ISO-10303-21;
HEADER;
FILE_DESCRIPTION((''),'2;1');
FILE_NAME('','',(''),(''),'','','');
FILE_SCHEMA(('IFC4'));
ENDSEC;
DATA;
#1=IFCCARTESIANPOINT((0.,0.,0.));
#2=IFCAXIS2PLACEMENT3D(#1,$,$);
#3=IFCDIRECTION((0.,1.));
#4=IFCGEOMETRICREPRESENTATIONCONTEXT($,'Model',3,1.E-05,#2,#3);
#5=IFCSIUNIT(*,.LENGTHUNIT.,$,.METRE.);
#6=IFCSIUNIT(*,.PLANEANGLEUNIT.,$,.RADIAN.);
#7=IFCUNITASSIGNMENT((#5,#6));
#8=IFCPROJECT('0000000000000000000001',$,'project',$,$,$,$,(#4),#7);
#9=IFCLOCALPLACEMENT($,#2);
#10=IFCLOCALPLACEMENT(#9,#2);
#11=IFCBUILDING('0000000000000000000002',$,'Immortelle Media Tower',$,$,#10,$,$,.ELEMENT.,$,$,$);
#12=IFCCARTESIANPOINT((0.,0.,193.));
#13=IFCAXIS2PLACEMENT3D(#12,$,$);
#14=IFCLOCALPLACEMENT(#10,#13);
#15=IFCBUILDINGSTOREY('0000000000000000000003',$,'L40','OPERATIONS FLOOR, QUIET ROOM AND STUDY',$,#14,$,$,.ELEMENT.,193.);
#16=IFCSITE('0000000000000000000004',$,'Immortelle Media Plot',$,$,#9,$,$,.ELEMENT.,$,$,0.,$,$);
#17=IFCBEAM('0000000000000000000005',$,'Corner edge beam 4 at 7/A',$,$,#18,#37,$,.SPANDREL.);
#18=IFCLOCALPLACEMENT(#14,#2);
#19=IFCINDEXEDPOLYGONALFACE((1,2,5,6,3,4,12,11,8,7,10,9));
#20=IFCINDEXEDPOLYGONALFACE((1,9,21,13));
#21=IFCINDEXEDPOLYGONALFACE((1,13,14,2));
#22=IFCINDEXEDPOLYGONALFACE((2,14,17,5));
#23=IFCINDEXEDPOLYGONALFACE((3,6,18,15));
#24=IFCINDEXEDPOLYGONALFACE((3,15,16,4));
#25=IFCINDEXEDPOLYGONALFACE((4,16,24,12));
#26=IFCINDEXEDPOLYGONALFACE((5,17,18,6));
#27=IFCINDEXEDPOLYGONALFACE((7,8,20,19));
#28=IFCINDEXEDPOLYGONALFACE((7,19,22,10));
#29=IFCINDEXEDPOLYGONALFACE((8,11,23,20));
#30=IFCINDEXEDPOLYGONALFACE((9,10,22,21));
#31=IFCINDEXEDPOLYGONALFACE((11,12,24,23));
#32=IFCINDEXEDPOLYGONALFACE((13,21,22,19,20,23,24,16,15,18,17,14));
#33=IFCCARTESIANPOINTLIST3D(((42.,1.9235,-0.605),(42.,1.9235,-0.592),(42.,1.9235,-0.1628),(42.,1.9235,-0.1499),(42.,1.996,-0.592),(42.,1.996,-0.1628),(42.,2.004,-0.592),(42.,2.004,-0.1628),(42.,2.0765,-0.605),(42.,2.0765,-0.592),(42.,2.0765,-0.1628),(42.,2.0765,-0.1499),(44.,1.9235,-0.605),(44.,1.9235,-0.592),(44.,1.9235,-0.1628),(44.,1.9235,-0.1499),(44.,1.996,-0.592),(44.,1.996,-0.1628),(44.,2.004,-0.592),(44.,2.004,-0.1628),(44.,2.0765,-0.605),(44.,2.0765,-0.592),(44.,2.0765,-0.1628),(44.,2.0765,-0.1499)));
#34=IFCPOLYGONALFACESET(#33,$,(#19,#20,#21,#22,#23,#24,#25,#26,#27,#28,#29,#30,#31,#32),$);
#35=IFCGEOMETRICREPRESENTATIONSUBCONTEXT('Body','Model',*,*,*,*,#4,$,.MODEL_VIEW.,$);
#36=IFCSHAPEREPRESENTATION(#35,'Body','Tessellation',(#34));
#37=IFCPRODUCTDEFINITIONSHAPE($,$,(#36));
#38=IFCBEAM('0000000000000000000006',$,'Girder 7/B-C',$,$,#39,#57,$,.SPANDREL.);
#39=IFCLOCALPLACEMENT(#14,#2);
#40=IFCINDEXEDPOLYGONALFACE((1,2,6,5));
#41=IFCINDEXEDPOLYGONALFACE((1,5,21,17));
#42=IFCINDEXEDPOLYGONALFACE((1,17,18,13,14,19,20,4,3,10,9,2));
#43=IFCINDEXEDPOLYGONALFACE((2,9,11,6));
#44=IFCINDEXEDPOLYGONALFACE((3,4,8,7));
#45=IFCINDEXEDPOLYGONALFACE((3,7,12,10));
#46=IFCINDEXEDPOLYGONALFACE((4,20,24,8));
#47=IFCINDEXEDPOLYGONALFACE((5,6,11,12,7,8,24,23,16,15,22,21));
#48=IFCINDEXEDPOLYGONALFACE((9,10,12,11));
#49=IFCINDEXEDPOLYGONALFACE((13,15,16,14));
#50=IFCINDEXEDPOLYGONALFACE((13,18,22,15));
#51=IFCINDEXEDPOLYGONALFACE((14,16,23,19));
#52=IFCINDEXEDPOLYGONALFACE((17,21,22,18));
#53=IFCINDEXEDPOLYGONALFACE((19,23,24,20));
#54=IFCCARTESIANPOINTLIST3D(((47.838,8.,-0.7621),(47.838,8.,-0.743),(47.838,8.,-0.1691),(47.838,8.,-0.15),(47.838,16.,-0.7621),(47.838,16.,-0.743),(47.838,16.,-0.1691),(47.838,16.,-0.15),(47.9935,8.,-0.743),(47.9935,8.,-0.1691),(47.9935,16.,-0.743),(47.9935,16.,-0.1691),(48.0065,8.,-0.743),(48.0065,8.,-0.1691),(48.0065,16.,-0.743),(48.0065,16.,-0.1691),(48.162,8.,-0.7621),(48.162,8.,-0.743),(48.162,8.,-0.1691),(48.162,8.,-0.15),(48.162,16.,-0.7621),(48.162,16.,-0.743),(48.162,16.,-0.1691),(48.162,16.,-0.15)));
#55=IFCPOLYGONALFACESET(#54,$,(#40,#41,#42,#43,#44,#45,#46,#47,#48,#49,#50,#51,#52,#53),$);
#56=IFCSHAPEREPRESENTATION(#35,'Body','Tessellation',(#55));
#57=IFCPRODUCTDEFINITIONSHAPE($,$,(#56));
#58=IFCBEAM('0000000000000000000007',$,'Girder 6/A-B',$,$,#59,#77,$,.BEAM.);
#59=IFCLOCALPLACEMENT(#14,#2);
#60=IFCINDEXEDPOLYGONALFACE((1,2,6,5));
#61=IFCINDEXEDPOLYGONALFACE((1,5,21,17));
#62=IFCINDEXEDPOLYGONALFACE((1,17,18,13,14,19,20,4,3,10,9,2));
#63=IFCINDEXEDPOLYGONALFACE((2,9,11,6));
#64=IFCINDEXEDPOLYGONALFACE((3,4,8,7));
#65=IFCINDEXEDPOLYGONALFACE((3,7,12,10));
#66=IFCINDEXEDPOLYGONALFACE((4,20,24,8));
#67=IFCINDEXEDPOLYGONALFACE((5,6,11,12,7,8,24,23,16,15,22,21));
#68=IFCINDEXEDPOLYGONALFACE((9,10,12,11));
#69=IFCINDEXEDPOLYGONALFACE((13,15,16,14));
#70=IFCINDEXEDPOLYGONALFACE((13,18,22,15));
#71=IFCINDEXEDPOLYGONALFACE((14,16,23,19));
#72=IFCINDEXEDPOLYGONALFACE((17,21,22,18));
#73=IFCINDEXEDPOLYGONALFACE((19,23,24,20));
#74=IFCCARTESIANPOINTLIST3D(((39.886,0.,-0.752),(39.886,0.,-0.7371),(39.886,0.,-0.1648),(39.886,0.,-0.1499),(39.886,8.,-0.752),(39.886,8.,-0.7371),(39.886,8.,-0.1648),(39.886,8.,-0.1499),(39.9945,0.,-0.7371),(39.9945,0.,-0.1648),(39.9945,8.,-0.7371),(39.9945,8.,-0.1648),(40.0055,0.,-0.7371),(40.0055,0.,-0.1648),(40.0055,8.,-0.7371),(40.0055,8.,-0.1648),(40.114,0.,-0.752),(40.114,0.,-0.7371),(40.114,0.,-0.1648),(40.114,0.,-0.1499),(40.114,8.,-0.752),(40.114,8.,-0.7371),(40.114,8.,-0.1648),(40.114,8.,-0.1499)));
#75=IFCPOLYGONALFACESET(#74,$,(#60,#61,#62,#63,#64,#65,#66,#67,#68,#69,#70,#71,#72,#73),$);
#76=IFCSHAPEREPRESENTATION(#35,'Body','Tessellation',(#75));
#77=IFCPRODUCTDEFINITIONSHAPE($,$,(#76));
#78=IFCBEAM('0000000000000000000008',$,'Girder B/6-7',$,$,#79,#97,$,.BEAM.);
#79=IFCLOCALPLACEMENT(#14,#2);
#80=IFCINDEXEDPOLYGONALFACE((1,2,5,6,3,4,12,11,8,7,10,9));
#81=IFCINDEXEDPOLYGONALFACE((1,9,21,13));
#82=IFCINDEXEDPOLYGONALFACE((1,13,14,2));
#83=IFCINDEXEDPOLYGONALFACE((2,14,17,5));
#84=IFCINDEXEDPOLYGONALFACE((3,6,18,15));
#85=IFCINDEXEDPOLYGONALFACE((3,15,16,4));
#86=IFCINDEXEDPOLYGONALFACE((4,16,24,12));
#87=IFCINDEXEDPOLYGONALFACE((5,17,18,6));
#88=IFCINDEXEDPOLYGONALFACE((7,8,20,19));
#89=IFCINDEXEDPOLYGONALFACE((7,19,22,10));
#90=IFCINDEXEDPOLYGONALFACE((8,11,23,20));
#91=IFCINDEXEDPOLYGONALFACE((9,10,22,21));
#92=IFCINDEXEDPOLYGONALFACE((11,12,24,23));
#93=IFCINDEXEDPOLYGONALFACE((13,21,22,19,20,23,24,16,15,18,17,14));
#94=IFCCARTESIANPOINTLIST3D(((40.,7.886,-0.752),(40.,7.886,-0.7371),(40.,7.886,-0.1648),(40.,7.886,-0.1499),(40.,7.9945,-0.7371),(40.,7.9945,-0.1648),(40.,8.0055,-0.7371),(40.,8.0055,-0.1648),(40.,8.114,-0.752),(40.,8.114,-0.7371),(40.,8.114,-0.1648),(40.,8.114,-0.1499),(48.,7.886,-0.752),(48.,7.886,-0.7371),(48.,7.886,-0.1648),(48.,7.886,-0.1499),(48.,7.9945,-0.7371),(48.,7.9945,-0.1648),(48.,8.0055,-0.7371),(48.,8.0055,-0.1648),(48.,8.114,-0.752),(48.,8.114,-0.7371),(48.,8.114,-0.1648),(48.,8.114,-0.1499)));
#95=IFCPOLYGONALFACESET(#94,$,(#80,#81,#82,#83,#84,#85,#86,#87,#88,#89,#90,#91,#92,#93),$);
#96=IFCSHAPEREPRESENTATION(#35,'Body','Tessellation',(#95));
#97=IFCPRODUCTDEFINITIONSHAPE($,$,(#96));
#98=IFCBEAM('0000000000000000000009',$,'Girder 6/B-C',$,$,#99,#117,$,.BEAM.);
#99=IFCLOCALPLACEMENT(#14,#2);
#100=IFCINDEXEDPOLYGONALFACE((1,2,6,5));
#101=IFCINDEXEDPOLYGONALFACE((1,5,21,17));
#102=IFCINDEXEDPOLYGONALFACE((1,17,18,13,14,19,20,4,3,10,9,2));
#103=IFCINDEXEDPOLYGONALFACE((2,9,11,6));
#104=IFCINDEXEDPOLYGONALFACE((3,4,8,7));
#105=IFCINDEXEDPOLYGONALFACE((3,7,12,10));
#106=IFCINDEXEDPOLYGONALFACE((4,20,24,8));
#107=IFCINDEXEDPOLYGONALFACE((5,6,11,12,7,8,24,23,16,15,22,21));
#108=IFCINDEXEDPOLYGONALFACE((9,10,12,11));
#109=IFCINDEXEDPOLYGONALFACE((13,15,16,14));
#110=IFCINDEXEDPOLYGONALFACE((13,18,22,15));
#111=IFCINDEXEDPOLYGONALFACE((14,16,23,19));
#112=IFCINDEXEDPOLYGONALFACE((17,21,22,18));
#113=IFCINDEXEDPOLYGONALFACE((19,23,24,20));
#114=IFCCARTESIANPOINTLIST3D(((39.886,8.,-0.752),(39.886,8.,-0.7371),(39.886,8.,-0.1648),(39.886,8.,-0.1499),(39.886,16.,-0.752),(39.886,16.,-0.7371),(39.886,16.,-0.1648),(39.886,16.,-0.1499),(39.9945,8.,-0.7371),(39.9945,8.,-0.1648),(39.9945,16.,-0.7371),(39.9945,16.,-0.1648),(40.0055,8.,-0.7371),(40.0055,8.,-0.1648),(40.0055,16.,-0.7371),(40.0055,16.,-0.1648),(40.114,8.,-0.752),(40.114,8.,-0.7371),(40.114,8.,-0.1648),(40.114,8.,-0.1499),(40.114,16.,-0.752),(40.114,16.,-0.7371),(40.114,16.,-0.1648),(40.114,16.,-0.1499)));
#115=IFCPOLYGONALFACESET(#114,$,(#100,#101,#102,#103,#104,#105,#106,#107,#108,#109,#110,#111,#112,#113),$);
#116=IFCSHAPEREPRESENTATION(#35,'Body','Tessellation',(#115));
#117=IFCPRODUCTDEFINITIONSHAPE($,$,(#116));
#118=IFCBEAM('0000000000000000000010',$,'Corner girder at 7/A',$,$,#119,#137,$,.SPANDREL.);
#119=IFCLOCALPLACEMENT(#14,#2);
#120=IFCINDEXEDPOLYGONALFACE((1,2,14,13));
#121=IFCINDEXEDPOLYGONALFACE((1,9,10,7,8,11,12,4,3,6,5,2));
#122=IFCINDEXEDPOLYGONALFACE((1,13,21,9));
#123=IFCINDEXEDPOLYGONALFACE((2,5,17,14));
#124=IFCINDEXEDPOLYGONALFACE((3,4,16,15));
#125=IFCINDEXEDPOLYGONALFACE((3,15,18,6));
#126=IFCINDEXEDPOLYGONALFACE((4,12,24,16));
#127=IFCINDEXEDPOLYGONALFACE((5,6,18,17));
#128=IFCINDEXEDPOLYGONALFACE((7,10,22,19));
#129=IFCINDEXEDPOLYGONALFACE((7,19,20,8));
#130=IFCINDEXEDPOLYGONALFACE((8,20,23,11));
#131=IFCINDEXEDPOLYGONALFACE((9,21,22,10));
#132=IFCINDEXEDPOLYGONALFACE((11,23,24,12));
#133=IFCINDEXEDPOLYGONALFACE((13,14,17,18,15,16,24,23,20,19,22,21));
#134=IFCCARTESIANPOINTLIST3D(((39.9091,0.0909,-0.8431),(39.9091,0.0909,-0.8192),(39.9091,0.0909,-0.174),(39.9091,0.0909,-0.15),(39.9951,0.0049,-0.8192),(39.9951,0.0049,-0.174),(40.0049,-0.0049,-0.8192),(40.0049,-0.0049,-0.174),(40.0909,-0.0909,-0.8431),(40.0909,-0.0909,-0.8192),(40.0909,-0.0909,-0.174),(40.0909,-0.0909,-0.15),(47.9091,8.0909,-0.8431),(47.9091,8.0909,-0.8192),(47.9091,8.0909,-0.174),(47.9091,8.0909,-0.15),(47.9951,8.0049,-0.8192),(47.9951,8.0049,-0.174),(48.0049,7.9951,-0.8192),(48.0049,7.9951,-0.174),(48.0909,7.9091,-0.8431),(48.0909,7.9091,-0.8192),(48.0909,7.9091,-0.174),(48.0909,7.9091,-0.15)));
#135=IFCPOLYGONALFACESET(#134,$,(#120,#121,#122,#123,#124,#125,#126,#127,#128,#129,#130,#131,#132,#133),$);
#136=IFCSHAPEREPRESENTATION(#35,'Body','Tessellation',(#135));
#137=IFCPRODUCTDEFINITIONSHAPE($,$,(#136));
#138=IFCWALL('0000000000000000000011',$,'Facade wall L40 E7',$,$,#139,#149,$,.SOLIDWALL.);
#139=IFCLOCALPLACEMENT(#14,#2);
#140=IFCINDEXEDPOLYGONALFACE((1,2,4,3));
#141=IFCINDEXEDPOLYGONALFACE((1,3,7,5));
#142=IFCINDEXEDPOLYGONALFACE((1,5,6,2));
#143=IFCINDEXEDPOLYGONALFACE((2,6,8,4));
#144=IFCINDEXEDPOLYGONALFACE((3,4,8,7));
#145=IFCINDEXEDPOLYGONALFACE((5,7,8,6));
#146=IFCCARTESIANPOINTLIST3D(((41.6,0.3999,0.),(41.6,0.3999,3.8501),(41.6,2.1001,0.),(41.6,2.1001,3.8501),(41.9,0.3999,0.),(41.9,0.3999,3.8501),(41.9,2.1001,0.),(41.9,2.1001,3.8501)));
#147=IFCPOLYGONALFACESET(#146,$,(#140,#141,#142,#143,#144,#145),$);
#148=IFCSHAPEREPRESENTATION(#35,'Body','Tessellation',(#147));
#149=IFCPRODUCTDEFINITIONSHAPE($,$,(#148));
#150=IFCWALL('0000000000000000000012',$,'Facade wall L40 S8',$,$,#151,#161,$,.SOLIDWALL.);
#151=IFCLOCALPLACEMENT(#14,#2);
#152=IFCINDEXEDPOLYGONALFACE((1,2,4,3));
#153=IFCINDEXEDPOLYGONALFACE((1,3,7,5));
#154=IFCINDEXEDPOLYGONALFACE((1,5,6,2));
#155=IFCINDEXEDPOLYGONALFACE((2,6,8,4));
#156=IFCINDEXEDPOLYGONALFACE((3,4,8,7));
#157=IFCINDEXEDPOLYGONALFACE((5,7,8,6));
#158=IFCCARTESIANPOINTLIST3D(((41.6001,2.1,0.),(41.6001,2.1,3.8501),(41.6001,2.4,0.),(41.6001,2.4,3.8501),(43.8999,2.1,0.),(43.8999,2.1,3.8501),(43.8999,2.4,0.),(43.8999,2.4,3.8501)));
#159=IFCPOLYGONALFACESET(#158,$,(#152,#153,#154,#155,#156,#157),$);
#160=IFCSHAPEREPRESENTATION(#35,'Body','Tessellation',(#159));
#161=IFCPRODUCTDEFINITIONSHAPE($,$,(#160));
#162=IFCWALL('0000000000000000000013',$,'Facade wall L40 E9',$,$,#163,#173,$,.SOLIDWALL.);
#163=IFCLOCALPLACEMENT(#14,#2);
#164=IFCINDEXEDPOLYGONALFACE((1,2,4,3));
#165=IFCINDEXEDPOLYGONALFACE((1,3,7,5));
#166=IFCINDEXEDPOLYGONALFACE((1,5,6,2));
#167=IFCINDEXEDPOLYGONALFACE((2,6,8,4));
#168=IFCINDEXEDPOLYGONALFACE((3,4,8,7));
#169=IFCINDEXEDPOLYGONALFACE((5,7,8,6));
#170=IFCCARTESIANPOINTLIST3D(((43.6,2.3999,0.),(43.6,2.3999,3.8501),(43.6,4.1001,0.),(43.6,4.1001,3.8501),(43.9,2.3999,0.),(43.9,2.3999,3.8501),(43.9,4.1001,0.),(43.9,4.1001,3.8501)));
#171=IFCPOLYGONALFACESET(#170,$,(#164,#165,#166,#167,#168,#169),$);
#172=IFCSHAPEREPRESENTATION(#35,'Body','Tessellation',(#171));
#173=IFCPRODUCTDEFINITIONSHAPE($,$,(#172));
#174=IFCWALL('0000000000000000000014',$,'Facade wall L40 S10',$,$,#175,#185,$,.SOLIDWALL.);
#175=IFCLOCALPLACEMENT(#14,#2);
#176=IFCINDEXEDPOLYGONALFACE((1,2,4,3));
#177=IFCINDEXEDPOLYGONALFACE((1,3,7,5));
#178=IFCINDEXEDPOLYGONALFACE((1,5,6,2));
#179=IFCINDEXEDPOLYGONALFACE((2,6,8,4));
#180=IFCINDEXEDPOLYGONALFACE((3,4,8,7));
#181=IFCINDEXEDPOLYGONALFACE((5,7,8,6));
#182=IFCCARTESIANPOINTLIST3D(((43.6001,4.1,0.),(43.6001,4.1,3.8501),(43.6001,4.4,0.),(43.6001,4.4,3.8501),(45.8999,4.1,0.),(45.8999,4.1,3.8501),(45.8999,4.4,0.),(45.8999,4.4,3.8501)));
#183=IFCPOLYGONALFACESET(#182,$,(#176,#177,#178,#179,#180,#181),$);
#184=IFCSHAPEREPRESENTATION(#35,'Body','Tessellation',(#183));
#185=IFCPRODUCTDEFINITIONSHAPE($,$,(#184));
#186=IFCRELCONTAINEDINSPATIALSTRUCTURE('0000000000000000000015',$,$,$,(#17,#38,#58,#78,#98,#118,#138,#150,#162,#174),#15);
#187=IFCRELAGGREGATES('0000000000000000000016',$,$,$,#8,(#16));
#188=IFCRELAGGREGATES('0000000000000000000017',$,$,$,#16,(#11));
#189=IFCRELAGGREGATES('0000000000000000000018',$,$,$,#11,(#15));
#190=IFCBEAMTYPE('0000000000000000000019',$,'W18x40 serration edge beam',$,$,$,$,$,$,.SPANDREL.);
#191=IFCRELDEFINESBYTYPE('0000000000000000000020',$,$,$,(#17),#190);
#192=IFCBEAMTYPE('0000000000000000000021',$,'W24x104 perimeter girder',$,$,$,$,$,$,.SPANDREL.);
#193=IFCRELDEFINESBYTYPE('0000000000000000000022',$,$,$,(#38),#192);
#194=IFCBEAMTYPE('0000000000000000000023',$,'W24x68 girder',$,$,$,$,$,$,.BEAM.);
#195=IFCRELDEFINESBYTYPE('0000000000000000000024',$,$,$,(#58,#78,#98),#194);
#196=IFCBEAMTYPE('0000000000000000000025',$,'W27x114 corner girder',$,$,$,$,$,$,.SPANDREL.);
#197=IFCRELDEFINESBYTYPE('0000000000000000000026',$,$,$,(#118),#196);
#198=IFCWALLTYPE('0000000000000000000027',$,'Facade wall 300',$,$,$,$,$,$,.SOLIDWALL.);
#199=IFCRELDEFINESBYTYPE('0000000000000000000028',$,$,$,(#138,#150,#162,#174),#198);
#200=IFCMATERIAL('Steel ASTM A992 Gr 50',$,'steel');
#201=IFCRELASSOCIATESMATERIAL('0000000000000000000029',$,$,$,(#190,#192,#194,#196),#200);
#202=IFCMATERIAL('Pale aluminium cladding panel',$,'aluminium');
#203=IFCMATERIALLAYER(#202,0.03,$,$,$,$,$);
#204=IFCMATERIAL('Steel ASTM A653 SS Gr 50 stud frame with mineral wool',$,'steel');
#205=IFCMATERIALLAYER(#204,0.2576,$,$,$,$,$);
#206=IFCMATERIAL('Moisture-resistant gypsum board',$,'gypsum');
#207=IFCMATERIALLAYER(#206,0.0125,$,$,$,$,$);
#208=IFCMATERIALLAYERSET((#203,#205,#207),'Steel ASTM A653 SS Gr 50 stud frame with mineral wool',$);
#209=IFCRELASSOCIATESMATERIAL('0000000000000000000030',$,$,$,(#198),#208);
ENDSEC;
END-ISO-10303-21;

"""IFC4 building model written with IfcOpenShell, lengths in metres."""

from ifc_helpers import new_model, si_unit, direction, frame, frame_2d, origin, origin_2d, place, context, subcontext, project, spatial, rectangle, i_section, extrude, material, layer, layer_set, material_profile, profile_set, type_object, element, save


model = new_model("IFC4")

# Units and contexts
model_context = context("Model", 3, precision=1e-05, world=origin(), true_north=direction((0.0, 1.0)))
body_context = subcontext(model_context, "Body", "Model", "MODEL_VIEW")
ifc_project = project(units=[si_unit("LENGTHUNIT", "METRE"), si_unit("PLANEANGLEUNIT", "RADIAN")], contexts=[model_context])

# Site, building, storey
site_placement = place(None, origin())
site = spatial("IfcSite", under=ifc_project, at=site_placement, Name="Immortelle Media Plot", CompositionType="ELEMENT", RefElevation=0.0)
building_placement = place(site_placement, origin())
building = spatial("IfcBuilding", under=site, at=building_placement, Name="Immortelle Media Tower", CompositionType="ELEMENT")
storey_placement = place(building_placement, frame((0.0, 0.0, 193.0)))
storey = spatial("IfcBuildingStorey", under=building, at=storey_placement, Name="L40", Description="OPERATIONS FLOOR, QUIET ROOM AND STUDY", CompositionType="ELEMENT", Elevation=193.0)

# Shared definitions
ifc_material_1 = material(Name="Steel ASTM A992 Gr 50", Category="steel")

# Beams
ifc_material_profile_1 = material_profile(ifc_material_1, i_section(OverallWidth=0.1531, OverallDepth=0.4551, WebThickness=0.0081, FlangeThickness=0.0129, at=origin_2d()), Name="W18x40")
ifc_profile_set_1 = profile_set([ifc_material_profile_1], Name="Steel ASTM A992 Gr 50")
beam_type_1 = type_object("IfcBeamType", Name="W18x40 serration edge beam", PredefinedType="SPANDREL", material=ifc_profile_set_1)
for number, where, z_axis, x_axis, name in (
    (1, (44.0, 2.0, -0.3774), (-1.0, 0.0, 0.0), (0.0, -1.0, 0.0), "Corner edge beam 4 at 7/A"),
):
    element("IfcBeam", number, at=place(storey_placement, frame(where, z_axis=z_axis, x_axis=x_axis)), inside=storey, type_object=beam_type_1, Name=name, PredefinedType="SPANDREL", context=body_context, shape_type="SweptSolid", body=[
        extrude(i_section(OverallWidth=0.1531, OverallDepth=0.4551, WebThickness=0.0081, FlangeThickness=0.0129, at=origin_2d()), origin(), (0.0, 0.0, 1.0), 2.0),
    ])
ifc_material_profile_2 = material_profile(ifc_material_1, i_section(OverallWidth=0.324, OverallDepth=0.6121, WebThickness=0.0129, FlangeThickness=0.019, at=origin_2d()), Name="W24x104")
ifc_profile_set_2 = profile_set([ifc_material_profile_2], Name="Steel ASTM A992 Gr 50")
beam_type_2 = type_object("IfcBeamType", Name="W24x104 perimeter girder", PredefinedType="SPANDREL", material=ifc_profile_set_2)
beam_1_placement = place(storey_placement, frame((48.0, 8.0, -0.4561), z_axis=(0.0, 1.0, 0.0), x_axis=(-1.0, 0.0, 0.0)))
element("IfcBeam", 2, at=beam_1_placement, inside=storey, type_object=beam_type_2, Name="Girder 7/B-C", PredefinedType="SPANDREL", context=body_context, shape_type="SweptSolid", body=[
    extrude(i_section(OverallWidth=0.324, OverallDepth=0.6121, WebThickness=0.0129, FlangeThickness=0.019, at=origin_2d()), origin(), (0.0, 0.0, 1.0), 8.0),
])
ifc_material_profile_3 = material_profile(ifc_material_1, i_section(OverallWidth=0.228, OverallDepth=0.6021, WebThickness=0.011, FlangeThickness=0.0149, at=origin_2d()), Name="W24x68")
ifc_profile_set_3 = profile_set([ifc_material_profile_3], Name="Steel ASTM A992 Gr 50")
beam_type_3 = type_object("IfcBeamType", Name="W24x68 girder", PredefinedType="BEAM", material=ifc_profile_set_3)
for number, where, z_axis, x_axis, name in (
    (3, (40.0, 0.0, -0.4509), (0.0, 1.0, 0.0), (-1.0, 0.0, 0.0), "Girder 6/A-B"),
    (4, (40.0, 8.0, -0.4509), (1.0, 0.0, 0.0), (0.0, 1.0, 0.0), "Girder B/6-7"),
    (5, (40.0, 8.0, -0.4509), (0.0, 1.0, 0.0), (-1.0, 0.0, 0.0), "Girder 6/B-C"),
):
    element("IfcBeam", number, at=place(storey_placement, frame(where, z_axis=z_axis, x_axis=x_axis)), inside=storey, type_object=beam_type_3, Name=name, PredefinedType="BEAM", context=body_context, shape_type="SweptSolid", body=[
        extrude(i_section(OverallWidth=0.228, OverallDepth=0.6021, WebThickness=0.011, FlangeThickness=0.0149, at=origin_2d()), origin(), (0.0, 0.0, 1.0), 8.0),
    ])
ifc_material_profile_4 = material_profile(ifc_material_1, i_section(OverallWidth=0.2571, OverallDepth=0.6931, WebThickness=0.0139, FlangeThickness=0.0239, at=origin_2d()), Name="W27x114")
ifc_profile_set_4 = profile_set([ifc_material_profile_4], Name="Steel ASTM A992 Gr 50")
beam_type_4 = type_object("IfcBeamType", Name="W27x114 corner girder", PredefinedType="SPANDREL", material=ifc_profile_set_4)
beam_2_placement = place(storey_placement, frame((48.0, 8.0, -0.4966), z_axis=(-0.707107, -0.707107, 0.0), x_axis=(0.707107, -0.707107, 0.0)))
element("IfcBeam", 6, at=beam_2_placement, inside=storey, type_object=beam_type_4, Name="Corner girder at 7/A", PredefinedType="SPANDREL", context=body_context, shape_type="SweptSolid", body=[
    extrude(i_section(OverallWidth=0.2571, OverallDepth=0.6931, WebThickness=0.0139, FlangeThickness=0.0239, at=origin_2d()), origin(), (0.0, 0.0, 1.0), 11.3137),
])

# Walls
ifc_material_2 = material(Name="Pale aluminium cladding panel", Category="aluminium")
ifc_layer_1 = layer(ifc_material_2, 0.03)
ifc_material_3 = material(Name="Steel ASTM A653 SS Gr 50 stud frame with mineral wool", Category="steel")
ifc_layer_2 = layer(ifc_material_3, 0.2576)
ifc_material_4 = material(Name="Moisture-resistant gypsum board", Category="gypsum")
ifc_layer_3 = layer(ifc_material_4, 0.0125)
ifc_layer_set_1 = layer_set([ifc_layer_1, ifc_layer_2, ifc_layer_3], Name="Steel ASTM A653 SS Gr 50 stud frame with mineral wool")
wall_type_1 = type_object("IfcWallType", Name="Facade wall 300", PredefinedType="SOLIDWALL", material=ifc_layer_set_1)
wall_1_placement = place(storey_placement, frame((41.75, 0.3999, 0.0), z_axis=(0.0, 0.0, 1.0), x_axis=(0.0, 1.0, 0.0)))
element("IfcWall", 7, at=wall_1_placement, inside=storey, type_object=wall_type_1, Name="Facade wall L40 E7", PredefinedType="SOLIDWALL", context=body_context, shape_type="SweptSolid", body=[
    extrude(rectangle(XDim=1.7002, YDim=0.3, at=frame_2d((0.8501, 0.0))), origin(), (0.0, 0.0, 1.0), 3.8501),
])
wall_2_placement = place(storey_placement, frame((41.6001, 2.25, 0.0), z_axis=(0.0, 0.0, 1.0), x_axis=(1.0, 0.0, 0.0)))
element("IfcWall", 8, at=wall_2_placement, inside=storey, type_object=wall_type_1, Name="Facade wall L40 S8", PredefinedType="SOLIDWALL", context=body_context, shape_type="SweptSolid", body=[
    extrude(rectangle(XDim=2.2998, YDim=0.3, at=frame_2d((1.1499, 0.0))), origin(), (0.0, 0.0, 1.0), 3.8501),
])
wall_3_placement = place(storey_placement, frame((43.75, 2.3999, 0.0), z_axis=(0.0, 0.0, 1.0), x_axis=(0.0, 1.0, 0.0)))
element("IfcWall", 9, at=wall_3_placement, inside=storey, type_object=wall_type_1, Name="Facade wall L40 E9", PredefinedType="SOLIDWALL", context=body_context, shape_type="SweptSolid", body=[
    extrude(rectangle(XDim=1.7002, YDim=0.3, at=frame_2d((0.8501, 0.0))), origin(), (0.0, 0.0, 1.0), 3.8501),
])
wall_4_placement = place(storey_placement, frame((43.6001, 4.25, 0.0), z_axis=(0.0, 0.0, 1.0), x_axis=(1.0, 0.0, 0.0)))
element("IfcWall", 10, at=wall_4_placement, inside=storey, type_object=wall_type_1, Name="Facade wall L40 S10", PredefinedType="SOLIDWALL", context=body_context, shape_type="SweptSolid", body=[
    extrude(rectangle(XDim=2.2998, YDim=0.3, at=frame_2d((1.1499, 0.0))), origin(), (0.0, 0.0, 1.0), 3.8501),
])

save(model, "model.ifc")
